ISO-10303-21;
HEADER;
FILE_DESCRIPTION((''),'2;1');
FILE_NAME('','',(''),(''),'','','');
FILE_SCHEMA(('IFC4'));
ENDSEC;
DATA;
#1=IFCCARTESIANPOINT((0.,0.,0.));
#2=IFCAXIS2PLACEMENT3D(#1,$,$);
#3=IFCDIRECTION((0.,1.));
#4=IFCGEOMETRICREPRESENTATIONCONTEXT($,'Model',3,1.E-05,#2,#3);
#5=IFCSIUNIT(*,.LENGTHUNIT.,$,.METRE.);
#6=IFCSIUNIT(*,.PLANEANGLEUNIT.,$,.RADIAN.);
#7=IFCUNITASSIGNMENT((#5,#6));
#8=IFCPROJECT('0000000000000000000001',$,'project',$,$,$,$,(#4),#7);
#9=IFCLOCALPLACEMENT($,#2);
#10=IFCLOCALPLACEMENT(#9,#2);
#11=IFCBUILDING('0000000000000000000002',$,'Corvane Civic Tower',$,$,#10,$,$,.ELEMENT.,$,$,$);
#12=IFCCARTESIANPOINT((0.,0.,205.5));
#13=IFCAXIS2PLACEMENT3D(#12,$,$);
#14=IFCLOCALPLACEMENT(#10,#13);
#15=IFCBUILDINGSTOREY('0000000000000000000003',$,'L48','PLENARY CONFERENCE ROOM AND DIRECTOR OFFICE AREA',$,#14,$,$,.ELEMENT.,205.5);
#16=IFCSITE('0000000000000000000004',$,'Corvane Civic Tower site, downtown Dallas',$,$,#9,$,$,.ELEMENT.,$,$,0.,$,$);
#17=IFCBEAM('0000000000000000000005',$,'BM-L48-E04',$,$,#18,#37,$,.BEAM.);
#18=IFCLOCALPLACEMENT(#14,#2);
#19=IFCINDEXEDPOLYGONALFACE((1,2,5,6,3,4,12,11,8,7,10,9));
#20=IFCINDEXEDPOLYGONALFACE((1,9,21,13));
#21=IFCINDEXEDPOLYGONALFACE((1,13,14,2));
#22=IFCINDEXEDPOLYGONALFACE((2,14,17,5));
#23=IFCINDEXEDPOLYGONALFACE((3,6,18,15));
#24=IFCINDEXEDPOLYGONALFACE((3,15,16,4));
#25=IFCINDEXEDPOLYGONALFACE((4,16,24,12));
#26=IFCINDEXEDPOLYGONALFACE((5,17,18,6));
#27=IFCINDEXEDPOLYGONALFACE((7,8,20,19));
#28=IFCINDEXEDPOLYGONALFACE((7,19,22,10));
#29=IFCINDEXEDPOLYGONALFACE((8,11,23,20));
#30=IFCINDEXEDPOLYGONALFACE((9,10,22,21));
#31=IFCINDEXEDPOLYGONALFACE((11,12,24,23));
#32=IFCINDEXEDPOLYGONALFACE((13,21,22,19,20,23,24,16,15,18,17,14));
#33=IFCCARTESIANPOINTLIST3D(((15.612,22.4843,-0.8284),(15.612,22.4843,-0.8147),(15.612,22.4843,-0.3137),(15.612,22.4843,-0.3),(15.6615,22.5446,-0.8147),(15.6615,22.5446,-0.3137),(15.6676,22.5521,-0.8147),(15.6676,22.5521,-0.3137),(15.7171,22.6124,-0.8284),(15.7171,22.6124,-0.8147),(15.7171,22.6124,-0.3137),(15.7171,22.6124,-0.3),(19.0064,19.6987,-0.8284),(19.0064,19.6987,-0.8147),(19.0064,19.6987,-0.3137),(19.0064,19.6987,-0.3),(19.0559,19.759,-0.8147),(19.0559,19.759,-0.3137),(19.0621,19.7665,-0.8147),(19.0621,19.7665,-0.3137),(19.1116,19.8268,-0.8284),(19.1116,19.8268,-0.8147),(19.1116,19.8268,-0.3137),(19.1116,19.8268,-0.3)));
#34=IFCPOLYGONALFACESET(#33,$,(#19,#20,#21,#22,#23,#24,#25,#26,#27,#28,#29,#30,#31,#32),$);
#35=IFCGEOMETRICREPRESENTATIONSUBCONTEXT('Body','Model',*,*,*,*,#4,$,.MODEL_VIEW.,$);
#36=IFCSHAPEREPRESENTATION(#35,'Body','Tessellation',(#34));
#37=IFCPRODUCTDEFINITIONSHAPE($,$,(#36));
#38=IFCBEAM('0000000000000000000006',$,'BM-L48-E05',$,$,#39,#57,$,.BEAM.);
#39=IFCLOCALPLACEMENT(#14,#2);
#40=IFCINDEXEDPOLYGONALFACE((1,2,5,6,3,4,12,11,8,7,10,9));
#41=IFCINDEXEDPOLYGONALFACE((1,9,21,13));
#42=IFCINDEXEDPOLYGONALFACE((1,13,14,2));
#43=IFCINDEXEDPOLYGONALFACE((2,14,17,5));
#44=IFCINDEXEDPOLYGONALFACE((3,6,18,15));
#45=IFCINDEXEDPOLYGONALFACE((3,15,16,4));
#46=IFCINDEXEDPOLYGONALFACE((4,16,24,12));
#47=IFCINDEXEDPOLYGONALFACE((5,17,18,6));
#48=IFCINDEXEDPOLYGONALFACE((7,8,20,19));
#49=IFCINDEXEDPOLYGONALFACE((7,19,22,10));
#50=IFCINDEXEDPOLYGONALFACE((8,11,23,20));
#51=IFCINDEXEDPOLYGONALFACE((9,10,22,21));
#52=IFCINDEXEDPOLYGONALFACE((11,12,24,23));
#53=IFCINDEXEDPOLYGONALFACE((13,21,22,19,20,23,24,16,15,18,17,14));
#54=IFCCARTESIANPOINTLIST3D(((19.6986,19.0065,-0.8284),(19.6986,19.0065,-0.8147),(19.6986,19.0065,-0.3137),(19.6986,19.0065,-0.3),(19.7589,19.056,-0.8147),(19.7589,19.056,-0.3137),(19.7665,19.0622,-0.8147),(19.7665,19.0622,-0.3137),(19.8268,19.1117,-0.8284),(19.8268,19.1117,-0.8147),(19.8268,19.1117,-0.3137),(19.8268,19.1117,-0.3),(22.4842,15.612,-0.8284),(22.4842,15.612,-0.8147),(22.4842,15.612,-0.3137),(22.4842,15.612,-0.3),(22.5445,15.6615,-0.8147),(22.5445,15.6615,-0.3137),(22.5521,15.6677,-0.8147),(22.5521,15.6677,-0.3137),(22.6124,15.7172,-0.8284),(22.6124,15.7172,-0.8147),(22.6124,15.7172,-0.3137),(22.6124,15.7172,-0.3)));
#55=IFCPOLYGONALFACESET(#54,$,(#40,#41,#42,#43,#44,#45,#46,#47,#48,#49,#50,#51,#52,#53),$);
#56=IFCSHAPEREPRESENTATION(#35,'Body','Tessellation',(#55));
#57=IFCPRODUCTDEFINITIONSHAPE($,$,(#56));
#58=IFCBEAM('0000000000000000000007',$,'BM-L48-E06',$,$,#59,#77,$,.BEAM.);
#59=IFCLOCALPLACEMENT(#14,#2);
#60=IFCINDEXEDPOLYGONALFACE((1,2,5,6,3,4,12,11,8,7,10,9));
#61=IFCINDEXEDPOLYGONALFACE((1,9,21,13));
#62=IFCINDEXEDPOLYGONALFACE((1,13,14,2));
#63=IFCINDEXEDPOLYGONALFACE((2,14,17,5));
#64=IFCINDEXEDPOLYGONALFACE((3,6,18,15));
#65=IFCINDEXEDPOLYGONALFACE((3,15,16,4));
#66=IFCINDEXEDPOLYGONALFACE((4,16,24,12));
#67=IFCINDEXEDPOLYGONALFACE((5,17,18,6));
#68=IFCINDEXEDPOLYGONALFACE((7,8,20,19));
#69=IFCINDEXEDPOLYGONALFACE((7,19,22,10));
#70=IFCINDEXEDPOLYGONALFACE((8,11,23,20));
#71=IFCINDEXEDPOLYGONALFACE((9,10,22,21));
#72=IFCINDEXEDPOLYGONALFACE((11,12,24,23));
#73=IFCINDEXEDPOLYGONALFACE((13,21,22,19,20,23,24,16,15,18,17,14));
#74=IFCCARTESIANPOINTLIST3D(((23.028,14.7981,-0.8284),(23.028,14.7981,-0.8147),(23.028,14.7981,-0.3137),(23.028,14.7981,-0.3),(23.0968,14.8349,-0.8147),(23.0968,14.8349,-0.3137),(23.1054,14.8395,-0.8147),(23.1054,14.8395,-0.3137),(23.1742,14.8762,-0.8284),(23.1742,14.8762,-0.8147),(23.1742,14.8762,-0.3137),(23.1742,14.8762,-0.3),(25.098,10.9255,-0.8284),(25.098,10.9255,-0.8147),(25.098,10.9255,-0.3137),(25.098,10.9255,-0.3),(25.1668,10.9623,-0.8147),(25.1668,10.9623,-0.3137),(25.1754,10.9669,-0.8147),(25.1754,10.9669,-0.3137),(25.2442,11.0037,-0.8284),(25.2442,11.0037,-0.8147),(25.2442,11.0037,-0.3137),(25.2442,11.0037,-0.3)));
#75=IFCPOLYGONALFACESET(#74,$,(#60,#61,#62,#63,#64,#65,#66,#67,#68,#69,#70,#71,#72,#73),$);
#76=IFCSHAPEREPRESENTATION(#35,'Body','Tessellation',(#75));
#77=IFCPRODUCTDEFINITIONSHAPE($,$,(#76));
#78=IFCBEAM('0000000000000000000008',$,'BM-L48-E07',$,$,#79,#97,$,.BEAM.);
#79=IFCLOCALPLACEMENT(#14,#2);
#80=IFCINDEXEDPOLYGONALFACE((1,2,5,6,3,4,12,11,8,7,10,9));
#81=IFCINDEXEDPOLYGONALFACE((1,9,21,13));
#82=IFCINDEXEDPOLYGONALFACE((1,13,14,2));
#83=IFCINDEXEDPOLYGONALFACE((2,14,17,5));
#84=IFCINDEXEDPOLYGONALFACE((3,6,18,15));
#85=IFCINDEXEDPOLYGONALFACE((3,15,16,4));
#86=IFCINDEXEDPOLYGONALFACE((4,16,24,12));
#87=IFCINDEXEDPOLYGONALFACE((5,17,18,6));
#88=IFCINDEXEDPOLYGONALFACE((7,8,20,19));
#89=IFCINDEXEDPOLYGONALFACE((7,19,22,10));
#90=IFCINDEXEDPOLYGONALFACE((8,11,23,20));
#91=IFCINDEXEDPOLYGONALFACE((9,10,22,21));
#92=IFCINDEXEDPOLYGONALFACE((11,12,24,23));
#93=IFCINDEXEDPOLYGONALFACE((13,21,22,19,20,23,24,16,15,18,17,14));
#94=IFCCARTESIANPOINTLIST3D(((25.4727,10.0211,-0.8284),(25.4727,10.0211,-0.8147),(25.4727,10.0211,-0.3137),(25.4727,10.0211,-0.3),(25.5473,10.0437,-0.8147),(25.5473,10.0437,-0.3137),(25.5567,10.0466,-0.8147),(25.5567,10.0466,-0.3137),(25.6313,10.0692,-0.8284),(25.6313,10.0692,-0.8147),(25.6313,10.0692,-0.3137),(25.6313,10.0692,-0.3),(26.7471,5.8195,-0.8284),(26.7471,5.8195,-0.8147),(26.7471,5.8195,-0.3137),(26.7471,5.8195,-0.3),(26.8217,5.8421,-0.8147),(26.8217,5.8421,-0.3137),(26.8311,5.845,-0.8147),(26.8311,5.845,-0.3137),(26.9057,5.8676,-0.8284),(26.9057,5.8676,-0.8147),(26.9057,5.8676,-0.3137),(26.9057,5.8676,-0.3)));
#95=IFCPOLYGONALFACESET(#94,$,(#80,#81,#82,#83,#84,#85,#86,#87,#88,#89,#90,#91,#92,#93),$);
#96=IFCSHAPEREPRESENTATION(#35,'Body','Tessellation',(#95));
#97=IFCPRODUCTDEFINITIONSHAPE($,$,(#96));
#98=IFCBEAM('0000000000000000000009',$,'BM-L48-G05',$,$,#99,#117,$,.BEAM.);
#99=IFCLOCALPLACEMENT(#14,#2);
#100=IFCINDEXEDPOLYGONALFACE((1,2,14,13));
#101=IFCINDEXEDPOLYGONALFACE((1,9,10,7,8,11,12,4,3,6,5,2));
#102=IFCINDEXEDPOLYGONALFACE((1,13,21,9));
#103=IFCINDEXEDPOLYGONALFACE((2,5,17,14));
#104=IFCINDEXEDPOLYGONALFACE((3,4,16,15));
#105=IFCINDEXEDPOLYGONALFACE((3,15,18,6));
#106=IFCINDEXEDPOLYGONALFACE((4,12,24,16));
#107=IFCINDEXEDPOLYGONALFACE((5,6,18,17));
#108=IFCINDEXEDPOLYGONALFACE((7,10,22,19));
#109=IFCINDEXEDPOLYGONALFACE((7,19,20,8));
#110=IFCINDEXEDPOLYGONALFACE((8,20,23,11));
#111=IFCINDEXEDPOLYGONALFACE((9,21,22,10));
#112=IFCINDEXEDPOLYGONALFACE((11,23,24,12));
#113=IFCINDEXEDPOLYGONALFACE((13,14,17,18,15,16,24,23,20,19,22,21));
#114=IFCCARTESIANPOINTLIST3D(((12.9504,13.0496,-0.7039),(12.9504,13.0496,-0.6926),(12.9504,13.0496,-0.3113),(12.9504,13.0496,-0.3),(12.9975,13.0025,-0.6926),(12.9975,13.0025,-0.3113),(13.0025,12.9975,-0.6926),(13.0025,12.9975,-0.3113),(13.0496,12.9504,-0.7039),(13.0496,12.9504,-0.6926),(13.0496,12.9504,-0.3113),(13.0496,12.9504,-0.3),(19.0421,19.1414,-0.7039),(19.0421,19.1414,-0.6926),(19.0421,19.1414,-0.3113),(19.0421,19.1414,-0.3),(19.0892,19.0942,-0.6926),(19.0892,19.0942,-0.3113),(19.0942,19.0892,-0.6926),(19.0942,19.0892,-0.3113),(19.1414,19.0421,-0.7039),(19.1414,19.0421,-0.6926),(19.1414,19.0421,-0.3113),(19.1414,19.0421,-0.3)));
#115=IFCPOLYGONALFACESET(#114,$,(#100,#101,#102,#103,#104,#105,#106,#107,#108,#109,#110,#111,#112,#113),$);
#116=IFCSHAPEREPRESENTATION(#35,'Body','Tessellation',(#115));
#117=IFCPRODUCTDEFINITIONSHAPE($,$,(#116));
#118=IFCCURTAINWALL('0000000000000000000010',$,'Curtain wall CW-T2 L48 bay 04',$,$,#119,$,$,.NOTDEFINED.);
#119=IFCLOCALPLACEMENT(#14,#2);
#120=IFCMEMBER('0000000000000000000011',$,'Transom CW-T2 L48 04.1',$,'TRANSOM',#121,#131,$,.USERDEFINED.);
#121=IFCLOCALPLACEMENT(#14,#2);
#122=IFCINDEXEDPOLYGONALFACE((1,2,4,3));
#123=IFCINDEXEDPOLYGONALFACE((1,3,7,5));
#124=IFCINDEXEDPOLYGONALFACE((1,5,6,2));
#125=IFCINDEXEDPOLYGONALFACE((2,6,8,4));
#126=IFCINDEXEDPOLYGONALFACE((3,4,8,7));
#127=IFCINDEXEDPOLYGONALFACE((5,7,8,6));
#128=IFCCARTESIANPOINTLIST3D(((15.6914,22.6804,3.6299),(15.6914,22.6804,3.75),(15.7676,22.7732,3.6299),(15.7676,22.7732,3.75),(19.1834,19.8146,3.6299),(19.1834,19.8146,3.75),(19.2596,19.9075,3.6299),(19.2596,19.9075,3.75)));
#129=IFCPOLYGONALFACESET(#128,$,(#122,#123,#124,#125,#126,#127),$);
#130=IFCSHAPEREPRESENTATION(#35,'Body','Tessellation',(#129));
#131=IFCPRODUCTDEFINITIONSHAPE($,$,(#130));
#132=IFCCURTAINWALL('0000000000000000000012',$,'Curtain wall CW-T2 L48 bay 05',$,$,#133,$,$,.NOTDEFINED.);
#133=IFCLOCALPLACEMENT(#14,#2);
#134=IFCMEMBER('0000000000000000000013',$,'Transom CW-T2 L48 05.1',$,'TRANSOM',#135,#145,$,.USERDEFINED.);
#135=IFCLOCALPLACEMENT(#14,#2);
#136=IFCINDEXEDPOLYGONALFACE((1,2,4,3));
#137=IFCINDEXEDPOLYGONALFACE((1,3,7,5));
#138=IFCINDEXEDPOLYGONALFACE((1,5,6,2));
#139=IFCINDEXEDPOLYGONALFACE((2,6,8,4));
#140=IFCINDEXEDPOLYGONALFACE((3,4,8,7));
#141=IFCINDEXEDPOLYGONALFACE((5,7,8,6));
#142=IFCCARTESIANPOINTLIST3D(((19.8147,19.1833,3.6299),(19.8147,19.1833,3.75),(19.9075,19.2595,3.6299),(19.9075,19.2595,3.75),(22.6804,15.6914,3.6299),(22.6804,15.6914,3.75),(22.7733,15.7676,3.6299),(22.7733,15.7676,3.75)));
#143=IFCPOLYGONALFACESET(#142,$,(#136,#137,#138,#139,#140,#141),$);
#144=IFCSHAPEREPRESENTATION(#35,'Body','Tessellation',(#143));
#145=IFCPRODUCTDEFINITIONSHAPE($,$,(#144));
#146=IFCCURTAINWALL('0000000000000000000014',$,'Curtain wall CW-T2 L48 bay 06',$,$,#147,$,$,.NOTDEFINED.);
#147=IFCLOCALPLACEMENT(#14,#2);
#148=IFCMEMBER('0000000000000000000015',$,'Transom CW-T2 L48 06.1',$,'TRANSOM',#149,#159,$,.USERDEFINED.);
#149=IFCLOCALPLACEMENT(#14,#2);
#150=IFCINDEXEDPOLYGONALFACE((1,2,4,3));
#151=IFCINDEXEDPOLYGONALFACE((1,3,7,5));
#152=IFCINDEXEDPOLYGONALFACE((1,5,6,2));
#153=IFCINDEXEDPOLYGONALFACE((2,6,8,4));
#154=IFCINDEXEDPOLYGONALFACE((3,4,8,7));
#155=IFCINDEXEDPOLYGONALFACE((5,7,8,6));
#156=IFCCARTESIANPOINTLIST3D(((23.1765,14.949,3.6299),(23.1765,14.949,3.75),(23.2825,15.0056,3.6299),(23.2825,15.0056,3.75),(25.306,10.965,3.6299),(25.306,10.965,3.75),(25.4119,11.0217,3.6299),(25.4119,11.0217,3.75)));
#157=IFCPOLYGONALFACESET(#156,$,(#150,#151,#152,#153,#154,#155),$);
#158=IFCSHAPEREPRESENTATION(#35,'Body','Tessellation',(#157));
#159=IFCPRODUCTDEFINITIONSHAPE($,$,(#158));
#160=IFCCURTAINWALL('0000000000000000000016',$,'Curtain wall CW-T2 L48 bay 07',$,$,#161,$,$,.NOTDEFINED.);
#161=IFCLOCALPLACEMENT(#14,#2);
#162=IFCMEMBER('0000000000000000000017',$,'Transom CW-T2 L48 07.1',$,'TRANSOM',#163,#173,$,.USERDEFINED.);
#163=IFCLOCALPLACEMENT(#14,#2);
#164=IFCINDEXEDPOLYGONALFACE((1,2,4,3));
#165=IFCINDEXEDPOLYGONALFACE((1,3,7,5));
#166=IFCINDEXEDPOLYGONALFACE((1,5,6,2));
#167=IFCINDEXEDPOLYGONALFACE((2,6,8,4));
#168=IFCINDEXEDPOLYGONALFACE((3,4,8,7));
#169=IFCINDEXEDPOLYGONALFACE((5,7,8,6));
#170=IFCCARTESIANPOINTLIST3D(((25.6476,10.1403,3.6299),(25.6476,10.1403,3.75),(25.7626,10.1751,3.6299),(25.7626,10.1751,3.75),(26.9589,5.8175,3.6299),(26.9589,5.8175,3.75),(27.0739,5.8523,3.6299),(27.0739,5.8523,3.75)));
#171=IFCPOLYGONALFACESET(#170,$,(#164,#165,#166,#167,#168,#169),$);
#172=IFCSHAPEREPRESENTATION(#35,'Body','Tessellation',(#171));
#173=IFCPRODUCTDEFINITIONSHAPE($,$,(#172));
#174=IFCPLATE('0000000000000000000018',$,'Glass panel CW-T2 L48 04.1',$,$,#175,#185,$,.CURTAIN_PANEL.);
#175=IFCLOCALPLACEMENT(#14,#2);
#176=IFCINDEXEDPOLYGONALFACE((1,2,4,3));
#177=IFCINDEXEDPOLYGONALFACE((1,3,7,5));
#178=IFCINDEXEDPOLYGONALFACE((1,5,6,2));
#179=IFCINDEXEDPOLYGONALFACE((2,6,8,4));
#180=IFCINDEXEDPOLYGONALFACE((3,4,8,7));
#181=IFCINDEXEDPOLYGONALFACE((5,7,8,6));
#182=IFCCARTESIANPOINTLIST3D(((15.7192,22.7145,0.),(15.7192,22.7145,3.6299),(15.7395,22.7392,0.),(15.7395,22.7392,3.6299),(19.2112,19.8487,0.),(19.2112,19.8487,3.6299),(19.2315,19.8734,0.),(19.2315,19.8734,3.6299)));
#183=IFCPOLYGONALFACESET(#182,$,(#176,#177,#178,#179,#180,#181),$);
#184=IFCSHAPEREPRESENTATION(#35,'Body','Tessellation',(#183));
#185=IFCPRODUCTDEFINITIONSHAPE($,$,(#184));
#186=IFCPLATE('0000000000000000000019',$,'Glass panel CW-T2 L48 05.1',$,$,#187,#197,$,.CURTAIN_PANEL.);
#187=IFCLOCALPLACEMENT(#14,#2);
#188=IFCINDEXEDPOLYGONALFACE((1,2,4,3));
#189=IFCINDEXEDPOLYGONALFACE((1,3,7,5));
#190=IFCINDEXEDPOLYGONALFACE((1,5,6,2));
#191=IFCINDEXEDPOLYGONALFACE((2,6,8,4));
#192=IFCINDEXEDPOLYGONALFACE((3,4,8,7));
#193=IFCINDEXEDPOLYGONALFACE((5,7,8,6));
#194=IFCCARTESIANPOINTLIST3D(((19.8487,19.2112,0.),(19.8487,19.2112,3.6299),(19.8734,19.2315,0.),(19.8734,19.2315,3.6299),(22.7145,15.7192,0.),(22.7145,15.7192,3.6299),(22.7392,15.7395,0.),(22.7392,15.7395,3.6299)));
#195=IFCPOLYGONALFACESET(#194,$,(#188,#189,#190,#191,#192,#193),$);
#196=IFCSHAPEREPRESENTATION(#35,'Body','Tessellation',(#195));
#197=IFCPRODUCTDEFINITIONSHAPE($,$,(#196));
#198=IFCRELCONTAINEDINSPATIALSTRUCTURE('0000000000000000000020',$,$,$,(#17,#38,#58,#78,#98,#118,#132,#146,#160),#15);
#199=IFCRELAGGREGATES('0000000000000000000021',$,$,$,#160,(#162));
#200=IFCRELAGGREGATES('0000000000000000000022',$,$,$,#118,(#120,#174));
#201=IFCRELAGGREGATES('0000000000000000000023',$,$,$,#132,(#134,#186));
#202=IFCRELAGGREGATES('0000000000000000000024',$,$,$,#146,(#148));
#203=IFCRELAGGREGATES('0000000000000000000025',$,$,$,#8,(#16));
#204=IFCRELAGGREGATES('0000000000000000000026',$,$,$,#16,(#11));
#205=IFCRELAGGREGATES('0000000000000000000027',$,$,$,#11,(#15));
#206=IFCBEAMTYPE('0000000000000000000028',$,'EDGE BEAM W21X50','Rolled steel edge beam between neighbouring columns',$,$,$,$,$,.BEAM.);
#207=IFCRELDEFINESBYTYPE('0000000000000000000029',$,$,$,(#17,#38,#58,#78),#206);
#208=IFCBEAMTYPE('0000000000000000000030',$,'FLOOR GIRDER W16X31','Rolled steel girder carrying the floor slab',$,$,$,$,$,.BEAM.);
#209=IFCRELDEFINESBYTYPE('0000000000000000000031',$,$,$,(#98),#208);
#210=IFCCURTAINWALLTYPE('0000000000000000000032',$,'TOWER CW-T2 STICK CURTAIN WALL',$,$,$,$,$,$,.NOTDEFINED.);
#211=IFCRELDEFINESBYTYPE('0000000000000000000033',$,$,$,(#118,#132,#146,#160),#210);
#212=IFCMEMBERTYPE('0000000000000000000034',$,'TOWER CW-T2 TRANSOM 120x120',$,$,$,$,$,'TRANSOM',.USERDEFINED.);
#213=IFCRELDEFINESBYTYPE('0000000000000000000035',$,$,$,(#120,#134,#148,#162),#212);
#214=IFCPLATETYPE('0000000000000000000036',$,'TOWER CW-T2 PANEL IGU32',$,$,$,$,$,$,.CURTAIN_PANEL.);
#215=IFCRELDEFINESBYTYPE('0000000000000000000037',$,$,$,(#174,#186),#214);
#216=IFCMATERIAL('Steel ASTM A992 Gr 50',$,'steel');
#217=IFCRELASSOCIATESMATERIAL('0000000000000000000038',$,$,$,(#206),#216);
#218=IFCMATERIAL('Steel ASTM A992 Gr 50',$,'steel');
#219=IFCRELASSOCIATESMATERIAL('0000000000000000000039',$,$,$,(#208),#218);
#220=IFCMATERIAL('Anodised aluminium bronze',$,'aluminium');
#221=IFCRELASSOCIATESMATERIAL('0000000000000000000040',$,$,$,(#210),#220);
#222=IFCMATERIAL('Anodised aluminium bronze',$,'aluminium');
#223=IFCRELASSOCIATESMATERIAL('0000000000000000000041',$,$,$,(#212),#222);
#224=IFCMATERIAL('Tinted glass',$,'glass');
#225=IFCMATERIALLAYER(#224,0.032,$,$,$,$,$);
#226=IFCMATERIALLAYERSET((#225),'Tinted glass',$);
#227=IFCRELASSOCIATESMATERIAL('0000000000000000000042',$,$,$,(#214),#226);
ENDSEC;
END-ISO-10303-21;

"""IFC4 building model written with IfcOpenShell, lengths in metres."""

from ifc_helpers import new_model, si_unit, direction, frame, origin, origin_2d, place, context, subcontext, project, spatial, rectangle, i_section, extrude, material, layer, layer_set, material_profile, profile_set, type_object, element, aggregate, save


model = new_model("IFC4")

# Units and contexts
model_context = context("Model", 3, precision=1e-05, world=origin(), true_north=direction((0.0, 1.0)))
body_context = subcontext(model_context, "Body", "Model", "MODEL_VIEW")
ifc_project = project(units=[si_unit("LENGTHUNIT", "METRE"), si_unit("PLANEANGLEUNIT", "RADIAN")], contexts=[model_context])

# Site, building, storey
site_placement = place(None, origin())
site = spatial("IfcSite", under=ifc_project, at=site_placement, Name="Corvane Civic Tower site, downtown Dallas", CompositionType="ELEMENT", RefElevation=0.0)
building_placement = place(site_placement, origin())
building = spatial("IfcBuilding", under=site, at=building_placement, Name="Corvane Civic Tower", CompositionType="ELEMENT")
storey_placement = place(building_placement, frame((0.0, 0.0, 205.5)))
storey = spatial("IfcBuildingStorey", under=building, at=storey_placement, Name="L48", Description="PLENARY CONFERENCE ROOM AND DIRECTOR OFFICE AREA", CompositionType="ELEMENT", Elevation=205.5)

# Beams
ifc_material_1 = material(Name="Steel ASTM A992 Gr 50", Category="steel")
ifc_material_profile_1 = material_profile(ifc_material_1, i_section(OverallWidth=0.1658, OverallDepth=0.5283, WebThickness=0.0098, FlangeThickness=0.0137, at=origin_2d()), Name="W21X50")
ifc_profile_set_1 = profile_set([ifc_material_profile_1], Name="Steel ASTM A992 Gr 50")
beam_type_1 = type_object("IfcBeamType", Name="EDGE BEAM W21X50", Description="Rolled steel edge beam between neighbouring columns", PredefinedType="BEAM", material=ifc_profile_set_1)
for number, where, z_axis, x_axis, name in (
    (1, (15.6646, 22.5483, -0.5642), (0.77303, -0.634369, 0.0), (0.634369, 0.77303, 0.0), "BM-L48-E04"),
    (2, (19.7627, 19.0591, -0.5642), (0.634369, -0.77303, 0.0), (0.77303, 0.634369, 0.0), "BM-L48-E05"),
    (3, (23.1011, 14.8372, -0.5642), (0.471422, -0.881908, 0.0), (0.881908, 0.471422, 0.0), "BM-L48-E06"),
):
    element("IfcBeam", number, at=place(storey_placement, frame(where, z_axis=z_axis, x_axis=x_axis)), inside=storey, type_object=beam_type_1, Name=name, PredefinedType="BEAM", context=body_context, shape_type="SweptSolid", body=[
        extrude(i_section(OverallWidth=0.1658, OverallDepth=0.5283, WebThickness=0.0098, FlangeThickness=0.0137, at=origin_2d()), origin(), (0.0, 0.0, 1.0), 4.3911),
    ])
beam_1_placement = place(storey_placement, frame((25.552, 10.0452, -0.5642), z_axis=(0.290254, -0.95695, 0.0), x_axis=(0.95695, 0.290254, 0.0)))
element("IfcBeam", 4, at=beam_1_placement, inside=storey, type_object=beam_type_1, Name="BM-L48-E07", PredefinedType="BEAM", context=body_context, shape_type="SweptSolid", body=[
    extrude(i_section(OverallWidth=0.1658, OverallDepth=0.5283, WebThickness=0.0098, FlangeThickness=0.0137, at=origin_2d()), origin(), (0.0, 0.0, 1.0), 4.3906),
])
ifc_material_2 = material(Name="Steel ASTM A992 Gr 50", Category="steel")
ifc_material_profile_2 = material_profile(ifc_material_2, i_section(OverallWidth=0.1404, OverallDepth=0.4038, WebThickness=0.0071, FlangeThickness=0.0112, at=origin_2d()), Name="W16X31")
ifc_profile_set_2 = profile_set([ifc_material_profile_2], Name="Steel ASTM A992 Gr 50")
beam_type_2 = type_object("IfcBeamType", Name="FLOOR GIRDER W16X31", Description="Rolled steel girder carrying the floor slab", PredefinedType="BEAM", material=ifc_profile_set_2)
beam_2_placement = place(storey_placement, frame((13.0, 13.0, -0.502), z_axis=(0.707107, 0.707107, 0.0), x_axis=(-0.707107, 0.707107, 0.0)))
element("IfcBeam", 5, at=beam_2_placement, inside=storey, type_object=beam_type_2, Name="BM-L48-G05", PredefinedType="BEAM", context=body_context, shape_type="SweptSolid", body=[
    extrude(i_section(OverallWidth=0.1404, OverallDepth=0.4038, WebThickness=0.0071, FlangeThickness=0.0112, at=origin_2d()), origin(), (0.0, 0.0, 1.0), 8.615),
])

# Curtain walls, members
ifc_material_3 = material(Name="Anodised aluminium bronze", Category="aluminium")
curtain_wall_type = type_object("IfcCurtainWallType", Name="TOWER CW-T2 STICK CURTAIN WALL", PredefinedType="NOTDEFINED", material=ifc_material_3)
curtain_wall_1_placement = place(storey_placement, origin())
curtain_wall_1 = element("IfcCurtainWall", 6, at=curtain_wall_1_placement, inside=storey, type_object=curtain_wall_type, Name="Curtain wall CW-T2 L48 bay 04", PredefinedType="NOTDEFINED")
ifc_material_4 = material(Name="Anodised aluminium bronze", Category="aluminium")
ifc_material_profile_3 = material_profile(ifc_material_4, rectangle(XDim=0.1201, YDim=0.1201, at=origin_2d()), Name="TOWER CW-T2 TRANSOM 120x120")
ifc_profile_set_3 = profile_set([ifc_material_profile_3], Name="Anodised aluminium bronze")
member_type = type_object("IfcMemberType", Name="TOWER CW-T2 TRANSOM 120x120", ElementType="TRANSOM", PredefinedType="USERDEFINED", material=ifc_profile_set_3)
member_1_placement = place(storey_placement, frame((15.7295, 22.7268, 3.6899), z_axis=(0.773015, -0.634388, 0.0), x_axis=(0.634388, 0.773015, 0.0)))
member_1 = element("IfcMember", 7, at=member_1_placement, type_object=member_type, Name="Transom CW-T2 L48 04.1", ObjectType="TRANSOM", PredefinedType="USERDEFINED", context=body_context, shape_type="SweptSolid", body=[
    extrude(rectangle(XDim=0.1201, YDim=0.1201, at=origin_2d()), origin(), (0.0, 0.0, 1.0), 4.5173),
])
curtain_wall_2_placement = place(storey_placement, origin())
curtain_wall_2 = element("IfcCurtainWall", 8, at=curtain_wall_2_placement, inside=storey, type_object=curtain_wall_type, Name="Curtain wall CW-T2 L48 bay 05", PredefinedType="NOTDEFINED")
member_2_placement = place(storey_placement, frame((19.8611, 19.2214, 3.6899), z_axis=(0.634388, -0.773015, 0.0), x_axis=(0.773015, 0.634388, 0.0)))
member_2 = element("IfcMember", 9, at=member_2_placement, type_object=member_type, Name="Transom CW-T2 L48 05.1", ObjectType="TRANSOM", PredefinedType="USERDEFINED", context=body_context, shape_type="SweptSolid", body=[
    extrude(rectangle(XDim=0.1201, YDim=0.1201, at=origin_2d()), origin(), (0.0, 0.0, 1.0), 4.5173),
])
curtain_wall_3_placement = place(storey_placement, origin())
curtain_wall_3 = element("IfcCurtainWall", 10, at=curtain_wall_3_placement, inside=storey, type_object=curtain_wall_type, Name="Curtain wall CW-T2 L48 bay 06", PredefinedType="NOTDEFINED")
member_3_placement = place(storey_placement, frame((23.2295, 14.9773, 3.6899), z_axis=(0.47139, -0.881925, 0.0), x_axis=(0.881925, 0.47139, 0.0)))
member_3 = element("IfcMember", 11, at=member_3_placement, type_object=member_type, Name="Transom CW-T2 L48 06.1", ObjectType="TRANSOM", PredefinedType="USERDEFINED", context=body_context, shape_type="SweptSolid", body=[
    extrude(rectangle(XDim=0.1201, YDim=0.1201, at=origin_2d()), origin(), (0.0, 0.0, 1.0), 4.5173),
])
curtain_wall_4_placement = place(storey_placement, origin())
curtain_wall_4 = element("IfcCurtainWall", 12, at=curtain_wall_4_placement, inside=storey, type_object=curtain_wall_type, Name="Curtain wall CW-T2 L48 bay 07", PredefinedType="NOTDEFINED")
member_4_placement = place(storey_placement, frame((25.7051, 10.1577, 3.6899), z_axis=(0.290282, -0.956941, 0.0), x_axis=(0.956941, 0.290282, 0.0)))
member_4 = element("IfcMember", 13, at=member_4_placement, type_object=member_type, Name="Transom CW-T2 L48 07.1", ObjectType="TRANSOM", PredefinedType="USERDEFINED", context=body_context, shape_type="SweptSolid", body=[
    extrude(rectangle(XDim=0.1201, YDim=0.1201, at=origin_2d()), origin(), (0.0, 0.0, 1.0), 4.5173),
])
aggregate(curtain_wall_4, [member_4])

# Plates
ifc_material_5 = material(Name="Tinted glass", Category="glass")
ifc_layer_1 = layer(ifc_material_5, 0.032)
ifc_layer_set_1 = layer_set([ifc_layer_1], Name="Tinted glass")
plate_type = type_object("IfcPlateType", Name="TOWER CW-T2 PANEL IGU32", PredefinedType="CURTAIN_PANEL", material=ifc_layer_set_1)
plate_1_placement = place(storey_placement, frame((17.4753, 21.2939, 0.0), z_axis=(0.0, 0.0, 1.0), x_axis=(0.773012, -0.634391, 0.0)))
plate_1 = element("IfcPlate", 14, at=plate_1_placement, type_object=plate_type, Name="Glass panel CW-T2 L48 04.1", PredefinedType="CURTAIN_PANEL", context=body_context, shape_type="SweptSolid", body=[
    extrude(rectangle(XDim=4.5173, YDim=0.032, at=origin_2d()), origin(), (0.0, 0.0, 1.0), 3.6299),
])
aggregate(curtain_wall_1, [member_1, plate_1])
plate_2_placement = place(storey_placement, frame((21.2939, 17.4753, 0.0), z_axis=(0.0, 0.0, 1.0), x_axis=(0.634391, -0.773012, 0.0)))
plate_2 = element("IfcPlate", 15, at=plate_2_placement, type_object=plate_type, Name="Glass panel CW-T2 L48 05.1", PredefinedType="CURTAIN_PANEL", context=body_context, shape_type="SweptSolid", body=[
    extrude(rectangle(XDim=4.5173, YDim=0.032, at=origin_2d()), origin(), (0.0, 0.0, 1.0), 3.6299),
])
aggregate(curtain_wall_2, [member_2, plate_2])
aggregate(curtain_wall_3, [member_3])

save(model, "model.ifc")
